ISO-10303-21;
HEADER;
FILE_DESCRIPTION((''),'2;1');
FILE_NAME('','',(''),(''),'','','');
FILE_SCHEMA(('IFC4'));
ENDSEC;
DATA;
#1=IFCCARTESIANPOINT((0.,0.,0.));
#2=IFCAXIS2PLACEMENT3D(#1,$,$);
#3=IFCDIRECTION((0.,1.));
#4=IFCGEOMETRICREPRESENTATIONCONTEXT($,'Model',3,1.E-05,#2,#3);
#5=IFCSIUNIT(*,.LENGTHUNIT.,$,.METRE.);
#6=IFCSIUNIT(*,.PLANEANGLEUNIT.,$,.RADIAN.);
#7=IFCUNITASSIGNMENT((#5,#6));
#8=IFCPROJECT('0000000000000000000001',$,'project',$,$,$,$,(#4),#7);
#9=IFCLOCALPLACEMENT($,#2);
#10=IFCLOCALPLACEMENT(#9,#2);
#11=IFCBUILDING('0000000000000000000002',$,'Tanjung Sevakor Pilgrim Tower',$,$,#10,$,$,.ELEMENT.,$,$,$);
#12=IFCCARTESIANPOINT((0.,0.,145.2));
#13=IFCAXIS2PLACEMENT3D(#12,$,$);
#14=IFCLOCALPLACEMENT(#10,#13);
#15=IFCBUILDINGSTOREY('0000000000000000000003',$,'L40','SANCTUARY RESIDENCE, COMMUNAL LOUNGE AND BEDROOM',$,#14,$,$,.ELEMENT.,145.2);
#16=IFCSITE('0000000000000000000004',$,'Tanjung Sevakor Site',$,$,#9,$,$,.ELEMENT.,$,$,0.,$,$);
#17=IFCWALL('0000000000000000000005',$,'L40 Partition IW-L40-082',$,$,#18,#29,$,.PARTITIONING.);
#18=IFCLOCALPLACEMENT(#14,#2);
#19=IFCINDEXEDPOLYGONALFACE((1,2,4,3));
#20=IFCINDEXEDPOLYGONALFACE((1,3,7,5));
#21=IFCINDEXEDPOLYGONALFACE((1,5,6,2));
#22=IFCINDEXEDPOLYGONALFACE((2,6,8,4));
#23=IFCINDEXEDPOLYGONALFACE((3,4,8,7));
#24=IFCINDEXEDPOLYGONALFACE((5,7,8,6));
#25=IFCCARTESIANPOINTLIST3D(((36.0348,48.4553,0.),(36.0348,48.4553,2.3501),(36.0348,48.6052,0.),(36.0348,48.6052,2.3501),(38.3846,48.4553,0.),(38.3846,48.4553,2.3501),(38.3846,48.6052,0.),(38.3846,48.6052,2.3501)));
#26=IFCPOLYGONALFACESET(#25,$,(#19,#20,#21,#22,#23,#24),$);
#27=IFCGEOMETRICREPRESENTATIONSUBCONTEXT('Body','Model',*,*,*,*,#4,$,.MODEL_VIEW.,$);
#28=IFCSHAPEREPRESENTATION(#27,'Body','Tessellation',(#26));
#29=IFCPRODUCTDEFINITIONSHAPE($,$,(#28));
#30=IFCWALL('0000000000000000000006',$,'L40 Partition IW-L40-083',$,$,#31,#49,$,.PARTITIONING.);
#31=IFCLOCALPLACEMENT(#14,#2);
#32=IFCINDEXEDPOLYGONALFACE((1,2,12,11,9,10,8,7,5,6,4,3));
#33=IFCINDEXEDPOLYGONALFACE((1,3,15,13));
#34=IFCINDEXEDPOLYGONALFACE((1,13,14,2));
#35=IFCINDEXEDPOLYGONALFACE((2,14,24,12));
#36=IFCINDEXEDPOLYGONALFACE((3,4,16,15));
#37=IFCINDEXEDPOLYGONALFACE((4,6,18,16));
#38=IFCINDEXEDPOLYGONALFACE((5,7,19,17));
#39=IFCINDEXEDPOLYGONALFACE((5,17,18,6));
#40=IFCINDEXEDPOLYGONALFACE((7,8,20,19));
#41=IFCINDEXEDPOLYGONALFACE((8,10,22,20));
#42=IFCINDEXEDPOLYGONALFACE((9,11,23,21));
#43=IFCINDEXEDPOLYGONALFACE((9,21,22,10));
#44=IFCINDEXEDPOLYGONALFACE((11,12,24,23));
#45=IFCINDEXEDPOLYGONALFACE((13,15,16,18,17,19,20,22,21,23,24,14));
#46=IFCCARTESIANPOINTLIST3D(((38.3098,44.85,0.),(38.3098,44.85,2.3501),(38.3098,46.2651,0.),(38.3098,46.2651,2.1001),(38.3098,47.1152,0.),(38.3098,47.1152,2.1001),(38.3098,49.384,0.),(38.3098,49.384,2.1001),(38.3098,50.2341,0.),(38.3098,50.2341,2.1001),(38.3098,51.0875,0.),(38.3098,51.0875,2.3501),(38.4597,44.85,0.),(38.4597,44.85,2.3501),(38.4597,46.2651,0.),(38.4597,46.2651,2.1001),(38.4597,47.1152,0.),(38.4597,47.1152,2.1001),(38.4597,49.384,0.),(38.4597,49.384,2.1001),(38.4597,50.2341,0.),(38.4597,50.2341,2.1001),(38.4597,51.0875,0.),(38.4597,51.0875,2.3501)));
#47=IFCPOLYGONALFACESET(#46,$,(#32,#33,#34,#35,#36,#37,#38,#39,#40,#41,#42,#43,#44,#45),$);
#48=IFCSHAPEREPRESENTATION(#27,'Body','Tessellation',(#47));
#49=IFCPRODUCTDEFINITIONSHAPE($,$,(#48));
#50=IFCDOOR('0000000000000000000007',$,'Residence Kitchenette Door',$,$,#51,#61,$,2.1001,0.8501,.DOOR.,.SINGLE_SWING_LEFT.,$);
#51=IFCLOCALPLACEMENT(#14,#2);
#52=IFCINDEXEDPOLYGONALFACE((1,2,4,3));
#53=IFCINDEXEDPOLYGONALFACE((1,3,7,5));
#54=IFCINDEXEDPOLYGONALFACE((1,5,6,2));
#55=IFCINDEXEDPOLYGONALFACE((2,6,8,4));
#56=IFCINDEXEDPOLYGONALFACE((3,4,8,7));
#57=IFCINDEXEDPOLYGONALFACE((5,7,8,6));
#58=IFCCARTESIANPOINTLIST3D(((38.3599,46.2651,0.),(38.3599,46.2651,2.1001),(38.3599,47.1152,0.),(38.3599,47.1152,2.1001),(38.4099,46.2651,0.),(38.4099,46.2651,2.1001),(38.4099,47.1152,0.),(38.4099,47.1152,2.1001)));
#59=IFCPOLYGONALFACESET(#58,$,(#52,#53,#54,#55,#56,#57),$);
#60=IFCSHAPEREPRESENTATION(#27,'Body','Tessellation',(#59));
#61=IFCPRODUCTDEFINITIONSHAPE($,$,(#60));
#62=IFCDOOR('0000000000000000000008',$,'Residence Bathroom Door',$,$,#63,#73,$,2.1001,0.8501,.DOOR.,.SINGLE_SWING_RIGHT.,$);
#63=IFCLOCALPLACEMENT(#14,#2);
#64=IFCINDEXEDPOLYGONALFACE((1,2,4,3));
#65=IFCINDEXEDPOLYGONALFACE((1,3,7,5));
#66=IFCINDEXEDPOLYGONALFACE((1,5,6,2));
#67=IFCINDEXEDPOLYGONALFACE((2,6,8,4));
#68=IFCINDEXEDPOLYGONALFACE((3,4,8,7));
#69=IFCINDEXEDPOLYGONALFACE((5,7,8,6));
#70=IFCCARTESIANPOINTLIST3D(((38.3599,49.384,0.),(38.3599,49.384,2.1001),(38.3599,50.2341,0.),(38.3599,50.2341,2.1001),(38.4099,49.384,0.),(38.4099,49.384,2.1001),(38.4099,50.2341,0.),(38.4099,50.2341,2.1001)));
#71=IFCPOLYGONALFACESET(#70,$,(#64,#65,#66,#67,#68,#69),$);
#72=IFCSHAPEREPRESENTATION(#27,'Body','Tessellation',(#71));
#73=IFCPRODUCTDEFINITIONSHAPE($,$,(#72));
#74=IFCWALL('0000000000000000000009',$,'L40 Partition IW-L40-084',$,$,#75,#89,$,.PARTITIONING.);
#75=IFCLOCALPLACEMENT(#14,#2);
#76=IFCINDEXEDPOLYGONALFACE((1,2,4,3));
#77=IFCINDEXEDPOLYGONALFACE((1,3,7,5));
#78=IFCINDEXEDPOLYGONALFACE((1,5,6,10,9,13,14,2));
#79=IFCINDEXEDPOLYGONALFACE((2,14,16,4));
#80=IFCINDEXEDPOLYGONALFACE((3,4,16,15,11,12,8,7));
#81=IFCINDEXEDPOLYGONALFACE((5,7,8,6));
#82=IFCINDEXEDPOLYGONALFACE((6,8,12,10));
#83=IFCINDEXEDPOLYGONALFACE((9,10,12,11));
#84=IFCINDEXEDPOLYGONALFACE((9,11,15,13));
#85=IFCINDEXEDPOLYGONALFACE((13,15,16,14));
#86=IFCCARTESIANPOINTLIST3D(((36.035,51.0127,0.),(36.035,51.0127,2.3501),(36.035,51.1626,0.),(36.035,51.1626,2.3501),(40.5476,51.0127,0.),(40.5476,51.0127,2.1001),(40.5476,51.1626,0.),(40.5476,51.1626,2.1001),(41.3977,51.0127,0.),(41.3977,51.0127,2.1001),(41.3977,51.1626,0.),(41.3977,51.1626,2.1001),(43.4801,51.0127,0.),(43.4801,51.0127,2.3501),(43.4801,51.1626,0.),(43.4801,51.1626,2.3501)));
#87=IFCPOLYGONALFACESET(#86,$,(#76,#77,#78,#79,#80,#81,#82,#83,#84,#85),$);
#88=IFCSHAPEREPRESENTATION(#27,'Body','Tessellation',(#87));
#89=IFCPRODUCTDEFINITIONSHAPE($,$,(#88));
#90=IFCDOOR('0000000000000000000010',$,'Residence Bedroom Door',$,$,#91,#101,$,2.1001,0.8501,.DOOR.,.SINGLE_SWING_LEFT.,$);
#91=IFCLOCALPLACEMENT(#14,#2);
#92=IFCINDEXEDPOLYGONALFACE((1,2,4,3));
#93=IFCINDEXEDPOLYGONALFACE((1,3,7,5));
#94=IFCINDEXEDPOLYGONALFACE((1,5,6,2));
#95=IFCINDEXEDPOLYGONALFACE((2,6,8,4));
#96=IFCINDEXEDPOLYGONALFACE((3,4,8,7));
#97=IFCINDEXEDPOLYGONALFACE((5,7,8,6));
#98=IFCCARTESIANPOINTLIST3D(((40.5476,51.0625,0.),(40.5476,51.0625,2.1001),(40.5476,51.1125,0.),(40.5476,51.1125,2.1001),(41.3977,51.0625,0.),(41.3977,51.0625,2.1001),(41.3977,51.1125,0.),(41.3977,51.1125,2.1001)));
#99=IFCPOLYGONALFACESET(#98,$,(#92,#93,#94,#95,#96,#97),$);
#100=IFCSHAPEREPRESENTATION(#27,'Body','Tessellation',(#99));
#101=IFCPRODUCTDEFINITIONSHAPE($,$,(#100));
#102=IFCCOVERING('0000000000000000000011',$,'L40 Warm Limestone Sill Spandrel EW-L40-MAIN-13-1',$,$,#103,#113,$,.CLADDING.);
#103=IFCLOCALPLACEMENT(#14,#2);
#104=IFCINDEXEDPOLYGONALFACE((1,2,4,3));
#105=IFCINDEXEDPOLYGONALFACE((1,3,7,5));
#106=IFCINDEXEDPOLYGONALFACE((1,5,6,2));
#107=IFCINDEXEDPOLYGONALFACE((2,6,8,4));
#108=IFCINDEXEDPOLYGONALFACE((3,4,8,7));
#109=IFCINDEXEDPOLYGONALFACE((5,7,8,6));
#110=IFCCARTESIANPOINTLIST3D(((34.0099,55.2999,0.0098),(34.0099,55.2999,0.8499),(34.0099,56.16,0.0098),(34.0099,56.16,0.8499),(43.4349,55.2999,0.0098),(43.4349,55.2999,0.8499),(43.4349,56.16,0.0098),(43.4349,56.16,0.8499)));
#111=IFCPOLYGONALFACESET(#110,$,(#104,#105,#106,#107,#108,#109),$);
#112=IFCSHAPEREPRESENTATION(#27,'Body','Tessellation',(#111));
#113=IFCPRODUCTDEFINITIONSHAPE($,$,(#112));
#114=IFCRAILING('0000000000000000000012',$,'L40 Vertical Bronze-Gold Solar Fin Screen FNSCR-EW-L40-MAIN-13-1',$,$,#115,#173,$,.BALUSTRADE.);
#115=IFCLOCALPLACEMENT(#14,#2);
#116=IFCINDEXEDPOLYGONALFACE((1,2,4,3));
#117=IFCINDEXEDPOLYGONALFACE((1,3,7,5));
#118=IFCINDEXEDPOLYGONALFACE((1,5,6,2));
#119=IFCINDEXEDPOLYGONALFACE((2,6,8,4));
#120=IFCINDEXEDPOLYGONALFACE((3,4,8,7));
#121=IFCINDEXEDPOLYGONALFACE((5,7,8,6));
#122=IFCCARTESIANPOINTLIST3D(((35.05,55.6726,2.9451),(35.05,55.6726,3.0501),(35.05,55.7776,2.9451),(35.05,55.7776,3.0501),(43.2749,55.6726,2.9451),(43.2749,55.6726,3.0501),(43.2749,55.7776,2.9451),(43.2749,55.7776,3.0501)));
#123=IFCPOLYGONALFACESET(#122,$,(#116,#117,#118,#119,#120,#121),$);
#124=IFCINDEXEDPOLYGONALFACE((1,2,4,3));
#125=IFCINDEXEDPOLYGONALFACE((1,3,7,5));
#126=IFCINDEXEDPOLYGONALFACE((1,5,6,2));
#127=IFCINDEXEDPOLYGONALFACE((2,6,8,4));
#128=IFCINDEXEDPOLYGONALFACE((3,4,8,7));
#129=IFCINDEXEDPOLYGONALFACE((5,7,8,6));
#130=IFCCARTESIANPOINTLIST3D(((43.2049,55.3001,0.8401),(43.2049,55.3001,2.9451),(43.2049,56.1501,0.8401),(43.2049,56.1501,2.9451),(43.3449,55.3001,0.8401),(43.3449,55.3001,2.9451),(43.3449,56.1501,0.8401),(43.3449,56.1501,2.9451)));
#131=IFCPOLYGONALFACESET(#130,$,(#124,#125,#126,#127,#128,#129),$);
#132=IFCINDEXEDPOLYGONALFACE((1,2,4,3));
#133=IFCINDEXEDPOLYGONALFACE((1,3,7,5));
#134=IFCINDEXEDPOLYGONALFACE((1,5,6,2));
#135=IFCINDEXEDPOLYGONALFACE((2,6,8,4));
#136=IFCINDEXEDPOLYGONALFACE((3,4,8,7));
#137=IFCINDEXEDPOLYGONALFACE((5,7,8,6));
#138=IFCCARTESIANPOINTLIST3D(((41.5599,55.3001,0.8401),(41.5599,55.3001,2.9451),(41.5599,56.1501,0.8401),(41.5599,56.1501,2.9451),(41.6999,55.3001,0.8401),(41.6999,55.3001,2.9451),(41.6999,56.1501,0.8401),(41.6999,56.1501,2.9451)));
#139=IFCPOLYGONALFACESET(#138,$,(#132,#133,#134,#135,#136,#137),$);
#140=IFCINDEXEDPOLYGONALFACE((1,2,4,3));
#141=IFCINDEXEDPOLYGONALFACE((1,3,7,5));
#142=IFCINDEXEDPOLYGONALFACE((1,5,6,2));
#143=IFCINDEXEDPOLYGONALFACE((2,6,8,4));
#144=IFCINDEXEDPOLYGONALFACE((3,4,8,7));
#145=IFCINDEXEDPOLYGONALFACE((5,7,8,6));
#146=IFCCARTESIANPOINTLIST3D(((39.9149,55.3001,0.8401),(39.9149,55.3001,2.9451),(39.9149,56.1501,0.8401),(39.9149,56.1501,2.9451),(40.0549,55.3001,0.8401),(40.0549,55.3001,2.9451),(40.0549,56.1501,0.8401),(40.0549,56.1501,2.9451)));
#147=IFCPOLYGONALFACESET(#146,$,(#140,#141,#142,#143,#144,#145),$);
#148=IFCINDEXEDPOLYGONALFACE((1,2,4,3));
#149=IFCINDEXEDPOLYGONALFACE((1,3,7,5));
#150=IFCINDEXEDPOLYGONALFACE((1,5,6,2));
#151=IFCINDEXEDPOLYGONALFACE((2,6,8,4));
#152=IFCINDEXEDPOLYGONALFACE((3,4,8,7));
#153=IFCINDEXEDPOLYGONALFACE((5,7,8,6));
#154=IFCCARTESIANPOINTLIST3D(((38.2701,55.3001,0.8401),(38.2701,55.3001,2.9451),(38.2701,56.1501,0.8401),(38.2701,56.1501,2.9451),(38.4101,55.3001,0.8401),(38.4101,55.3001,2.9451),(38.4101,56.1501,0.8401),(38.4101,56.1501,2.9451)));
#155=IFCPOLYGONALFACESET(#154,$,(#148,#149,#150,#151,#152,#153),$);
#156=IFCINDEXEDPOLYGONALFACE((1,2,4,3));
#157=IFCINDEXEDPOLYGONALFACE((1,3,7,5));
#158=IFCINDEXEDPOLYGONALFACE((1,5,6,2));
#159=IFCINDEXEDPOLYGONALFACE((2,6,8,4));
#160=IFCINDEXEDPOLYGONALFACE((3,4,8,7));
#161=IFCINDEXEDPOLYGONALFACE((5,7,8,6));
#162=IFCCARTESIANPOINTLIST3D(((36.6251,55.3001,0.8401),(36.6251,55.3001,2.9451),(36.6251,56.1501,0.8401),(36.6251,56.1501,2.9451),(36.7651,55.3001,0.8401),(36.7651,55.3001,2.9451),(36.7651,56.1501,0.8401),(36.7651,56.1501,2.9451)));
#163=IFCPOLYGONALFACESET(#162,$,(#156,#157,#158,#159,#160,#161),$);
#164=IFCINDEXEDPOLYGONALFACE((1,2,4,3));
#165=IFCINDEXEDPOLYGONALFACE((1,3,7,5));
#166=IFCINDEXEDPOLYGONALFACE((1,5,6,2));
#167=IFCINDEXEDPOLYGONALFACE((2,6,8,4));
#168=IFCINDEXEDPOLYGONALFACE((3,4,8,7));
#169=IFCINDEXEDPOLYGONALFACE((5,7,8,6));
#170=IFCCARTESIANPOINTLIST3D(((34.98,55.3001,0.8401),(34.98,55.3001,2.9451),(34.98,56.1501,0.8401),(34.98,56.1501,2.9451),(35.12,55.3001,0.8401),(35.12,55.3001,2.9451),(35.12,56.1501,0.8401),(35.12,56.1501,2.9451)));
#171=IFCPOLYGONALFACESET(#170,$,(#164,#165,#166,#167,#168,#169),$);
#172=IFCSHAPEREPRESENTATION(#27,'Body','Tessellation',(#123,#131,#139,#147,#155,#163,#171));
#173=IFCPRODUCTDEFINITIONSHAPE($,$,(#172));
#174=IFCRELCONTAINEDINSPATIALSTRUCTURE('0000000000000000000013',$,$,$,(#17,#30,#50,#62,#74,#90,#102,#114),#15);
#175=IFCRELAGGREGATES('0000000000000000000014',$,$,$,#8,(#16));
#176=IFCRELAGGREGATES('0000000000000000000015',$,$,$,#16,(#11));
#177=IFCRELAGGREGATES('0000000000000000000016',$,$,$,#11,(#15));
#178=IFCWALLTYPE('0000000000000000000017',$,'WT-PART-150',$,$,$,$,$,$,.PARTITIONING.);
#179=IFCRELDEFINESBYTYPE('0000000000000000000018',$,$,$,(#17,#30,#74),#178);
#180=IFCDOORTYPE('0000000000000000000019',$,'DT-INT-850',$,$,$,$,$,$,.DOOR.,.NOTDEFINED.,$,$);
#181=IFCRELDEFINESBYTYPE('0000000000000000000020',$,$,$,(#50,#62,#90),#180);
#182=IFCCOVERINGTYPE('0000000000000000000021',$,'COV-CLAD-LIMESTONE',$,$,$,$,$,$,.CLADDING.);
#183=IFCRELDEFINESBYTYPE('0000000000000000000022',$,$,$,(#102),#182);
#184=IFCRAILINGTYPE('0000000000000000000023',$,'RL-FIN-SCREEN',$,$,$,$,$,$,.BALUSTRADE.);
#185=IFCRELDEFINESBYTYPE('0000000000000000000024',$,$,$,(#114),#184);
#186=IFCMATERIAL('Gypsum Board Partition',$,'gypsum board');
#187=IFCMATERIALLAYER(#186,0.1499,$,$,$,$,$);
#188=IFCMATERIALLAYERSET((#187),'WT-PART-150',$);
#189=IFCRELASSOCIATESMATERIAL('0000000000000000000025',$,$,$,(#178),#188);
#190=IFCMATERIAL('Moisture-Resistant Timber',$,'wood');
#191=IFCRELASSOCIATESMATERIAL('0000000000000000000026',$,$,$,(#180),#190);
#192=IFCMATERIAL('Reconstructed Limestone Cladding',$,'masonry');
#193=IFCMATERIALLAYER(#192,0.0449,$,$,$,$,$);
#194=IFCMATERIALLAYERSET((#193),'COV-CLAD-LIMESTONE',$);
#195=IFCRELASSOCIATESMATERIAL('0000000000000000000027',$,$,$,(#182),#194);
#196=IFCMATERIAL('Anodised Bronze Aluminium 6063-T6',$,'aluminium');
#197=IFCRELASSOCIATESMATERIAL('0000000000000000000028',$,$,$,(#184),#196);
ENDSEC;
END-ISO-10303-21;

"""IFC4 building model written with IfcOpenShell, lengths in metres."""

from ifc_helpers import new_model, si_unit, direction, frame, frame_2d, origin, origin_2d, place, context, subcontext, project, spatial, rectangle, extrude, material, layer, layer_set, type_object, element, fill, save


model = new_model("IFC4")

# Units and contexts
model_context = context("Model", 3, precision=1e-05, world=origin(), true_north=direction((0.0, 1.0)))
body_context = subcontext(model_context, "Body", "Model", "MODEL_VIEW")
ifc_project = project(units=[si_unit("LENGTHUNIT", "METRE"), si_unit("PLANEANGLEUNIT", "RADIAN")], contexts=[model_context])

# Site, building, storey
site_placement = place(None, origin())
site = spatial("IfcSite", under=ifc_project, at=site_placement, Name="Tanjung Sevakor Site", CompositionType="ELEMENT", RefElevation=0.0)
building_placement = place(site_placement, origin())
building = spatial("IfcBuilding", under=site, at=building_placement, Name="Tanjung Sevakor Pilgrim Tower", CompositionType="ELEMENT")
storey_placement = place(building_placement, frame((0.0, 0.0, 145.2)))
storey = spatial("IfcBuildingStorey", under=building, at=storey_placement, Name="L40", Description="SANCTUARY RESIDENCE, COMMUNAL LOUNGE AND BEDROOM", CompositionType="ELEMENT", Elevation=145.2)

# Wall
ifc_material_1 = material(Name="Gypsum Board Partition", Category="gypsum board")
ifc_layer_1 = layer(ifc_material_1, 0.1499)
ifc_layer_set_1 = layer_set([ifc_layer_1], Name="WT-PART-150")
wall_type_1 = type_object("IfcWallType", Name="WT-PART-150", PredefinedType="PARTITIONING", material=ifc_layer_set_1)
wall_1_placement = place(storey_placement, frame((36.0349, 48.5303, 0.0), z_axis=(0.0, 0.0, 1.0), x_axis=(1.0, 0.0, 0.0)))
element("IfcWall", 1, at=wall_1_placement, inside=storey, type_object=wall_type_1, Name="L40 Partition IW-L40-082", PredefinedType="PARTITIONING", context=body_context, shape_type="SweptSolid", body=[
    extrude(rectangle(XDim=2.3499, YDim=0.1499, at=frame_2d((1.1748, 0.0))), origin(), (0.0, 0.0, 1.0), 2.3501),
])

# Wall, openings, doors
wall_2_placement = place(storey_placement, frame((38.3848, 44.8501, 0.0), z_axis=(0.0, 0.0, 1.0), x_axis=(0.0, 1.0, 0.0)))
wall_2 = element("IfcWall", 2, at=wall_2_placement, inside=storey, type_object=wall_type_1, Name="L40 Partition IW-L40-083", PredefinedType="PARTITIONING", context=body_context, shape_type="SweptSolid", body=[
    extrude(rectangle(XDim=6.2375, YDim=0.1499, at=frame_2d((3.1187, 0.0))), origin(), (0.0, 0.0, 1.0), 2.3501),
])
opening_1_placement = place(wall_2_placement, frame((1.415, 0.0, 0.0)))
opening_1 = element("IfcOpeningElement", 3, at=opening_1_placement, cuts=wall_2, PredefinedType="OPENING", context=body_context, shape_type="SweptSolid", body=[
    extrude(rectangle(XDim=0.8501, YDim=2.1001, at=frame_2d((0.425, 1.05))), frame((0.0, 0.085, 0.0), z_axis=(0.0, -1.0, 0.0), x_axis=(1.0, 0.0, 0.0)), (0.0, 0.0, 1.0), 0.1699),
])
opening_2_placement = place(wall_2_placement, frame((4.5339, 0.0, 0.0)))
opening_2 = element("IfcOpeningElement", 4, at=opening_2_placement, cuts=wall_2, PredefinedType="OPENING", context=body_context, shape_type="SweptSolid", body=[
    extrude(rectangle(XDim=0.8501, YDim=2.1001, at=frame_2d((0.425, 1.05))), frame((0.0, 0.085, 0.0), z_axis=(0.0, -1.0, 0.0), x_axis=(1.0, 0.0, 0.0)), (0.0, 0.0, 1.0), 0.1699),
])
ifc_material_2 = material(Name="Moisture-Resistant Timber", Category="wood")
door_type_1 = type_object("IfcDoorType", Name="DT-INT-850", OperationType="NOTDEFINED", PredefinedType="DOOR", material=ifc_material_2)
door_1_placement = place(opening_1_placement, origin())
door_1 = element("IfcDoor", 5, at=door_1_placement, inside=storey, type_object=door_type_1, Name="Residence Kitchenette Door", OperationType="SINGLE_SWING_LEFT", OverallHeight=2.1001, OverallWidth=0.8501, PredefinedType="DOOR", context=body_context, shape_type="SweptSolid", body=[
    extrude(rectangle(XDim=0.8501, YDim=2.1001, at=frame_2d((0.425, 1.05))), frame((0.0, 0.0249, 0.0), z_axis=(0.0, -1.0, 0.0), x_axis=(1.0, 0.0, 0.0)), (0.0, 0.0, 1.0), 0.05),
])
fill(opening_1, door_1)
door_2_placement = place(opening_2_placement, origin())
door_2 = element("IfcDoor", 6, at=door_2_placement, inside=storey, type_object=door_type_1, Name="Residence Bathroom Door", OperationType="SINGLE_SWING_RIGHT", OverallHeight=2.1001, OverallWidth=0.8501, PredefinedType="DOOR", context=body_context, shape_type="SweptSolid", body=[
    extrude(rectangle(XDim=0.8501, YDim=2.1001, at=frame_2d((0.425, 1.05))), frame((0.0, 0.0249, 0.0), z_axis=(0.0, -1.0, 0.0), x_axis=(1.0, 0.0, 0.0)), (0.0, 0.0, 1.0), 0.05),
])
fill(opening_2, door_2)

# Wall, opening, door
wall_3_placement = place(storey_placement, frame((36.0349, 51.0876, 0.0), z_axis=(0.0, 0.0, 1.0), x_axis=(1.0, 0.0, 0.0)))
wall_3 = element("IfcWall", 7, at=wall_3_placement, inside=storey, type_object=wall_type_1, Name="L40 Partition IW-L40-084", PredefinedType="PARTITIONING", context=body_context, shape_type="SweptSolid", body=[
    extrude(rectangle(XDim=7.4451, YDim=0.1499, at=frame_2d((3.7227, 0.0))), origin(), (0.0, 0.0, 1.0), 2.3501),
])
opening_3_placement = place(wall_3_placement, frame((4.5127, 0.0, 0.0)))
opening_3 = element("IfcOpeningElement", 8, at=opening_3_placement, cuts=wall_3, PredefinedType="OPENING", context=body_context, shape_type="SweptSolid", body=[
    extrude(rectangle(XDim=0.8501, YDim=2.1001, at=frame_2d((0.425, 1.05))), frame((0.0, 0.085, 0.0), z_axis=(0.0, -1.0, 0.0), x_axis=(1.0, 0.0, 0.0)), (0.0, 0.0, 1.0), 0.1699),
])
door_3_placement = place(opening_3_placement, origin())
door_3 = element("IfcDoor", 9, at=door_3_placement, inside=storey, type_object=door_type_1, Name="Residence Bedroom Door", OperationType="SINGLE_SWING_LEFT", OverallHeight=2.1001, OverallWidth=0.8501, PredefinedType="DOOR", context=body_context, shape_type="SweptSolid", body=[
    extrude(rectangle(XDim=0.8501, YDim=2.1001, at=frame_2d((0.425, 1.05))), frame((0.0, 0.0249, 0.0), z_axis=(0.0, -1.0, 0.0), x_axis=(1.0, 0.0, 0.0)), (0.0, 0.0, 1.0), 0.05),
])
fill(opening_3, door_3)

# Covering
ifc_material_3 = material(Name="Reconstructed Limestone Cladding", Category="masonry")
ifc_layer_2 = layer(ifc_material_3, 0.0449)
ifc_layer_set_2 = layer_set([ifc_layer_2], Name="COV-CLAD-LIMESTONE")
covering_type = type_object("IfcCoveringType", Name="COV-CLAD-LIMESTONE", PredefinedType="CLADDING", material=ifc_layer_set_2)
covering_placement = place(storey_placement, frame((38.7224, 55.73, 0.0098), z_axis=(0.0, 0.0, 1.0), x_axis=(-1.0, 0.0, 0.0)))
element("IfcCovering", 10, at=covering_placement, inside=storey, type_object=covering_type, Name="L40 Warm Limestone Sill Spandrel EW-L40-MAIN-13-1", PredefinedType="CLADDING", context=body_context, shape_type="SweptSolid", body=[
    extrude(rectangle(XDim=9.425, YDim=0.8601, at=origin_2d()), origin(), (0.0, 0.0, 1.0), 0.8401),
])

# Railing
ifc_material_4 = material(Name="Anodised Bronze Aluminium 6063-T6", Category="aluminium")
railing_type = type_object("IfcRailingType", Name="RL-FIN-SCREEN", PredefinedType="BALUSTRADE", material=ifc_material_4)
railing_1_placement = place(storey_placement, frame((43.2749, 55.7251, 0.8401)))
element("IfcRailing", 11, at=railing_1_placement, inside=storey, type_object=railing_type, Name="L40 Vertical Bronze-Gold Solar Fin Screen FNSCR-EW-L40-MAIN-13-1", PredefinedType="BALUSTRADE", context=body_context, shape_type="SweptSolid", body=[
    extrude(rectangle(XDim=0.105, YDim=0.105), frame((0.0, 0.0, 2.1575), z_axis=(-1.0, 0.0, 0.0), x_axis=(0.0, -1.0, 0.0)), (0.0, 0.0, 1.0), 8.2249),
    extrude(rectangle(XDim=0.14, YDim=0.85), origin(), (0.0, 0.0, 1.0), 2.105),
    extrude(rectangle(XDim=0.14, YDim=0.85), frame((-1.645, 0.0, 0.0)), (0.0, 0.0, 1.0), 2.105),
    extrude(rectangle(XDim=0.14, YDim=0.85), frame((-3.29, 0.0, 0.0)), (0.0, 0.0, 1.0), 2.105),
    extrude(rectangle(XDim=0.14, YDim=0.85), frame((-4.9348, 0.0, 0.0)), (0.0, 0.0, 1.0), 2.105),
    extrude(rectangle(XDim=0.14, YDim=0.85), frame((-6.5798, 0.0, 0.0)), (0.0, 0.0, 1.0), 2.105),
    extrude(rectangle(XDim=0.14, YDim=0.85), frame((-8.2249, 0.0, 0.0)), (0.0, 0.0, 1.0), 2.105),
])

save(model, "model.ifc")
